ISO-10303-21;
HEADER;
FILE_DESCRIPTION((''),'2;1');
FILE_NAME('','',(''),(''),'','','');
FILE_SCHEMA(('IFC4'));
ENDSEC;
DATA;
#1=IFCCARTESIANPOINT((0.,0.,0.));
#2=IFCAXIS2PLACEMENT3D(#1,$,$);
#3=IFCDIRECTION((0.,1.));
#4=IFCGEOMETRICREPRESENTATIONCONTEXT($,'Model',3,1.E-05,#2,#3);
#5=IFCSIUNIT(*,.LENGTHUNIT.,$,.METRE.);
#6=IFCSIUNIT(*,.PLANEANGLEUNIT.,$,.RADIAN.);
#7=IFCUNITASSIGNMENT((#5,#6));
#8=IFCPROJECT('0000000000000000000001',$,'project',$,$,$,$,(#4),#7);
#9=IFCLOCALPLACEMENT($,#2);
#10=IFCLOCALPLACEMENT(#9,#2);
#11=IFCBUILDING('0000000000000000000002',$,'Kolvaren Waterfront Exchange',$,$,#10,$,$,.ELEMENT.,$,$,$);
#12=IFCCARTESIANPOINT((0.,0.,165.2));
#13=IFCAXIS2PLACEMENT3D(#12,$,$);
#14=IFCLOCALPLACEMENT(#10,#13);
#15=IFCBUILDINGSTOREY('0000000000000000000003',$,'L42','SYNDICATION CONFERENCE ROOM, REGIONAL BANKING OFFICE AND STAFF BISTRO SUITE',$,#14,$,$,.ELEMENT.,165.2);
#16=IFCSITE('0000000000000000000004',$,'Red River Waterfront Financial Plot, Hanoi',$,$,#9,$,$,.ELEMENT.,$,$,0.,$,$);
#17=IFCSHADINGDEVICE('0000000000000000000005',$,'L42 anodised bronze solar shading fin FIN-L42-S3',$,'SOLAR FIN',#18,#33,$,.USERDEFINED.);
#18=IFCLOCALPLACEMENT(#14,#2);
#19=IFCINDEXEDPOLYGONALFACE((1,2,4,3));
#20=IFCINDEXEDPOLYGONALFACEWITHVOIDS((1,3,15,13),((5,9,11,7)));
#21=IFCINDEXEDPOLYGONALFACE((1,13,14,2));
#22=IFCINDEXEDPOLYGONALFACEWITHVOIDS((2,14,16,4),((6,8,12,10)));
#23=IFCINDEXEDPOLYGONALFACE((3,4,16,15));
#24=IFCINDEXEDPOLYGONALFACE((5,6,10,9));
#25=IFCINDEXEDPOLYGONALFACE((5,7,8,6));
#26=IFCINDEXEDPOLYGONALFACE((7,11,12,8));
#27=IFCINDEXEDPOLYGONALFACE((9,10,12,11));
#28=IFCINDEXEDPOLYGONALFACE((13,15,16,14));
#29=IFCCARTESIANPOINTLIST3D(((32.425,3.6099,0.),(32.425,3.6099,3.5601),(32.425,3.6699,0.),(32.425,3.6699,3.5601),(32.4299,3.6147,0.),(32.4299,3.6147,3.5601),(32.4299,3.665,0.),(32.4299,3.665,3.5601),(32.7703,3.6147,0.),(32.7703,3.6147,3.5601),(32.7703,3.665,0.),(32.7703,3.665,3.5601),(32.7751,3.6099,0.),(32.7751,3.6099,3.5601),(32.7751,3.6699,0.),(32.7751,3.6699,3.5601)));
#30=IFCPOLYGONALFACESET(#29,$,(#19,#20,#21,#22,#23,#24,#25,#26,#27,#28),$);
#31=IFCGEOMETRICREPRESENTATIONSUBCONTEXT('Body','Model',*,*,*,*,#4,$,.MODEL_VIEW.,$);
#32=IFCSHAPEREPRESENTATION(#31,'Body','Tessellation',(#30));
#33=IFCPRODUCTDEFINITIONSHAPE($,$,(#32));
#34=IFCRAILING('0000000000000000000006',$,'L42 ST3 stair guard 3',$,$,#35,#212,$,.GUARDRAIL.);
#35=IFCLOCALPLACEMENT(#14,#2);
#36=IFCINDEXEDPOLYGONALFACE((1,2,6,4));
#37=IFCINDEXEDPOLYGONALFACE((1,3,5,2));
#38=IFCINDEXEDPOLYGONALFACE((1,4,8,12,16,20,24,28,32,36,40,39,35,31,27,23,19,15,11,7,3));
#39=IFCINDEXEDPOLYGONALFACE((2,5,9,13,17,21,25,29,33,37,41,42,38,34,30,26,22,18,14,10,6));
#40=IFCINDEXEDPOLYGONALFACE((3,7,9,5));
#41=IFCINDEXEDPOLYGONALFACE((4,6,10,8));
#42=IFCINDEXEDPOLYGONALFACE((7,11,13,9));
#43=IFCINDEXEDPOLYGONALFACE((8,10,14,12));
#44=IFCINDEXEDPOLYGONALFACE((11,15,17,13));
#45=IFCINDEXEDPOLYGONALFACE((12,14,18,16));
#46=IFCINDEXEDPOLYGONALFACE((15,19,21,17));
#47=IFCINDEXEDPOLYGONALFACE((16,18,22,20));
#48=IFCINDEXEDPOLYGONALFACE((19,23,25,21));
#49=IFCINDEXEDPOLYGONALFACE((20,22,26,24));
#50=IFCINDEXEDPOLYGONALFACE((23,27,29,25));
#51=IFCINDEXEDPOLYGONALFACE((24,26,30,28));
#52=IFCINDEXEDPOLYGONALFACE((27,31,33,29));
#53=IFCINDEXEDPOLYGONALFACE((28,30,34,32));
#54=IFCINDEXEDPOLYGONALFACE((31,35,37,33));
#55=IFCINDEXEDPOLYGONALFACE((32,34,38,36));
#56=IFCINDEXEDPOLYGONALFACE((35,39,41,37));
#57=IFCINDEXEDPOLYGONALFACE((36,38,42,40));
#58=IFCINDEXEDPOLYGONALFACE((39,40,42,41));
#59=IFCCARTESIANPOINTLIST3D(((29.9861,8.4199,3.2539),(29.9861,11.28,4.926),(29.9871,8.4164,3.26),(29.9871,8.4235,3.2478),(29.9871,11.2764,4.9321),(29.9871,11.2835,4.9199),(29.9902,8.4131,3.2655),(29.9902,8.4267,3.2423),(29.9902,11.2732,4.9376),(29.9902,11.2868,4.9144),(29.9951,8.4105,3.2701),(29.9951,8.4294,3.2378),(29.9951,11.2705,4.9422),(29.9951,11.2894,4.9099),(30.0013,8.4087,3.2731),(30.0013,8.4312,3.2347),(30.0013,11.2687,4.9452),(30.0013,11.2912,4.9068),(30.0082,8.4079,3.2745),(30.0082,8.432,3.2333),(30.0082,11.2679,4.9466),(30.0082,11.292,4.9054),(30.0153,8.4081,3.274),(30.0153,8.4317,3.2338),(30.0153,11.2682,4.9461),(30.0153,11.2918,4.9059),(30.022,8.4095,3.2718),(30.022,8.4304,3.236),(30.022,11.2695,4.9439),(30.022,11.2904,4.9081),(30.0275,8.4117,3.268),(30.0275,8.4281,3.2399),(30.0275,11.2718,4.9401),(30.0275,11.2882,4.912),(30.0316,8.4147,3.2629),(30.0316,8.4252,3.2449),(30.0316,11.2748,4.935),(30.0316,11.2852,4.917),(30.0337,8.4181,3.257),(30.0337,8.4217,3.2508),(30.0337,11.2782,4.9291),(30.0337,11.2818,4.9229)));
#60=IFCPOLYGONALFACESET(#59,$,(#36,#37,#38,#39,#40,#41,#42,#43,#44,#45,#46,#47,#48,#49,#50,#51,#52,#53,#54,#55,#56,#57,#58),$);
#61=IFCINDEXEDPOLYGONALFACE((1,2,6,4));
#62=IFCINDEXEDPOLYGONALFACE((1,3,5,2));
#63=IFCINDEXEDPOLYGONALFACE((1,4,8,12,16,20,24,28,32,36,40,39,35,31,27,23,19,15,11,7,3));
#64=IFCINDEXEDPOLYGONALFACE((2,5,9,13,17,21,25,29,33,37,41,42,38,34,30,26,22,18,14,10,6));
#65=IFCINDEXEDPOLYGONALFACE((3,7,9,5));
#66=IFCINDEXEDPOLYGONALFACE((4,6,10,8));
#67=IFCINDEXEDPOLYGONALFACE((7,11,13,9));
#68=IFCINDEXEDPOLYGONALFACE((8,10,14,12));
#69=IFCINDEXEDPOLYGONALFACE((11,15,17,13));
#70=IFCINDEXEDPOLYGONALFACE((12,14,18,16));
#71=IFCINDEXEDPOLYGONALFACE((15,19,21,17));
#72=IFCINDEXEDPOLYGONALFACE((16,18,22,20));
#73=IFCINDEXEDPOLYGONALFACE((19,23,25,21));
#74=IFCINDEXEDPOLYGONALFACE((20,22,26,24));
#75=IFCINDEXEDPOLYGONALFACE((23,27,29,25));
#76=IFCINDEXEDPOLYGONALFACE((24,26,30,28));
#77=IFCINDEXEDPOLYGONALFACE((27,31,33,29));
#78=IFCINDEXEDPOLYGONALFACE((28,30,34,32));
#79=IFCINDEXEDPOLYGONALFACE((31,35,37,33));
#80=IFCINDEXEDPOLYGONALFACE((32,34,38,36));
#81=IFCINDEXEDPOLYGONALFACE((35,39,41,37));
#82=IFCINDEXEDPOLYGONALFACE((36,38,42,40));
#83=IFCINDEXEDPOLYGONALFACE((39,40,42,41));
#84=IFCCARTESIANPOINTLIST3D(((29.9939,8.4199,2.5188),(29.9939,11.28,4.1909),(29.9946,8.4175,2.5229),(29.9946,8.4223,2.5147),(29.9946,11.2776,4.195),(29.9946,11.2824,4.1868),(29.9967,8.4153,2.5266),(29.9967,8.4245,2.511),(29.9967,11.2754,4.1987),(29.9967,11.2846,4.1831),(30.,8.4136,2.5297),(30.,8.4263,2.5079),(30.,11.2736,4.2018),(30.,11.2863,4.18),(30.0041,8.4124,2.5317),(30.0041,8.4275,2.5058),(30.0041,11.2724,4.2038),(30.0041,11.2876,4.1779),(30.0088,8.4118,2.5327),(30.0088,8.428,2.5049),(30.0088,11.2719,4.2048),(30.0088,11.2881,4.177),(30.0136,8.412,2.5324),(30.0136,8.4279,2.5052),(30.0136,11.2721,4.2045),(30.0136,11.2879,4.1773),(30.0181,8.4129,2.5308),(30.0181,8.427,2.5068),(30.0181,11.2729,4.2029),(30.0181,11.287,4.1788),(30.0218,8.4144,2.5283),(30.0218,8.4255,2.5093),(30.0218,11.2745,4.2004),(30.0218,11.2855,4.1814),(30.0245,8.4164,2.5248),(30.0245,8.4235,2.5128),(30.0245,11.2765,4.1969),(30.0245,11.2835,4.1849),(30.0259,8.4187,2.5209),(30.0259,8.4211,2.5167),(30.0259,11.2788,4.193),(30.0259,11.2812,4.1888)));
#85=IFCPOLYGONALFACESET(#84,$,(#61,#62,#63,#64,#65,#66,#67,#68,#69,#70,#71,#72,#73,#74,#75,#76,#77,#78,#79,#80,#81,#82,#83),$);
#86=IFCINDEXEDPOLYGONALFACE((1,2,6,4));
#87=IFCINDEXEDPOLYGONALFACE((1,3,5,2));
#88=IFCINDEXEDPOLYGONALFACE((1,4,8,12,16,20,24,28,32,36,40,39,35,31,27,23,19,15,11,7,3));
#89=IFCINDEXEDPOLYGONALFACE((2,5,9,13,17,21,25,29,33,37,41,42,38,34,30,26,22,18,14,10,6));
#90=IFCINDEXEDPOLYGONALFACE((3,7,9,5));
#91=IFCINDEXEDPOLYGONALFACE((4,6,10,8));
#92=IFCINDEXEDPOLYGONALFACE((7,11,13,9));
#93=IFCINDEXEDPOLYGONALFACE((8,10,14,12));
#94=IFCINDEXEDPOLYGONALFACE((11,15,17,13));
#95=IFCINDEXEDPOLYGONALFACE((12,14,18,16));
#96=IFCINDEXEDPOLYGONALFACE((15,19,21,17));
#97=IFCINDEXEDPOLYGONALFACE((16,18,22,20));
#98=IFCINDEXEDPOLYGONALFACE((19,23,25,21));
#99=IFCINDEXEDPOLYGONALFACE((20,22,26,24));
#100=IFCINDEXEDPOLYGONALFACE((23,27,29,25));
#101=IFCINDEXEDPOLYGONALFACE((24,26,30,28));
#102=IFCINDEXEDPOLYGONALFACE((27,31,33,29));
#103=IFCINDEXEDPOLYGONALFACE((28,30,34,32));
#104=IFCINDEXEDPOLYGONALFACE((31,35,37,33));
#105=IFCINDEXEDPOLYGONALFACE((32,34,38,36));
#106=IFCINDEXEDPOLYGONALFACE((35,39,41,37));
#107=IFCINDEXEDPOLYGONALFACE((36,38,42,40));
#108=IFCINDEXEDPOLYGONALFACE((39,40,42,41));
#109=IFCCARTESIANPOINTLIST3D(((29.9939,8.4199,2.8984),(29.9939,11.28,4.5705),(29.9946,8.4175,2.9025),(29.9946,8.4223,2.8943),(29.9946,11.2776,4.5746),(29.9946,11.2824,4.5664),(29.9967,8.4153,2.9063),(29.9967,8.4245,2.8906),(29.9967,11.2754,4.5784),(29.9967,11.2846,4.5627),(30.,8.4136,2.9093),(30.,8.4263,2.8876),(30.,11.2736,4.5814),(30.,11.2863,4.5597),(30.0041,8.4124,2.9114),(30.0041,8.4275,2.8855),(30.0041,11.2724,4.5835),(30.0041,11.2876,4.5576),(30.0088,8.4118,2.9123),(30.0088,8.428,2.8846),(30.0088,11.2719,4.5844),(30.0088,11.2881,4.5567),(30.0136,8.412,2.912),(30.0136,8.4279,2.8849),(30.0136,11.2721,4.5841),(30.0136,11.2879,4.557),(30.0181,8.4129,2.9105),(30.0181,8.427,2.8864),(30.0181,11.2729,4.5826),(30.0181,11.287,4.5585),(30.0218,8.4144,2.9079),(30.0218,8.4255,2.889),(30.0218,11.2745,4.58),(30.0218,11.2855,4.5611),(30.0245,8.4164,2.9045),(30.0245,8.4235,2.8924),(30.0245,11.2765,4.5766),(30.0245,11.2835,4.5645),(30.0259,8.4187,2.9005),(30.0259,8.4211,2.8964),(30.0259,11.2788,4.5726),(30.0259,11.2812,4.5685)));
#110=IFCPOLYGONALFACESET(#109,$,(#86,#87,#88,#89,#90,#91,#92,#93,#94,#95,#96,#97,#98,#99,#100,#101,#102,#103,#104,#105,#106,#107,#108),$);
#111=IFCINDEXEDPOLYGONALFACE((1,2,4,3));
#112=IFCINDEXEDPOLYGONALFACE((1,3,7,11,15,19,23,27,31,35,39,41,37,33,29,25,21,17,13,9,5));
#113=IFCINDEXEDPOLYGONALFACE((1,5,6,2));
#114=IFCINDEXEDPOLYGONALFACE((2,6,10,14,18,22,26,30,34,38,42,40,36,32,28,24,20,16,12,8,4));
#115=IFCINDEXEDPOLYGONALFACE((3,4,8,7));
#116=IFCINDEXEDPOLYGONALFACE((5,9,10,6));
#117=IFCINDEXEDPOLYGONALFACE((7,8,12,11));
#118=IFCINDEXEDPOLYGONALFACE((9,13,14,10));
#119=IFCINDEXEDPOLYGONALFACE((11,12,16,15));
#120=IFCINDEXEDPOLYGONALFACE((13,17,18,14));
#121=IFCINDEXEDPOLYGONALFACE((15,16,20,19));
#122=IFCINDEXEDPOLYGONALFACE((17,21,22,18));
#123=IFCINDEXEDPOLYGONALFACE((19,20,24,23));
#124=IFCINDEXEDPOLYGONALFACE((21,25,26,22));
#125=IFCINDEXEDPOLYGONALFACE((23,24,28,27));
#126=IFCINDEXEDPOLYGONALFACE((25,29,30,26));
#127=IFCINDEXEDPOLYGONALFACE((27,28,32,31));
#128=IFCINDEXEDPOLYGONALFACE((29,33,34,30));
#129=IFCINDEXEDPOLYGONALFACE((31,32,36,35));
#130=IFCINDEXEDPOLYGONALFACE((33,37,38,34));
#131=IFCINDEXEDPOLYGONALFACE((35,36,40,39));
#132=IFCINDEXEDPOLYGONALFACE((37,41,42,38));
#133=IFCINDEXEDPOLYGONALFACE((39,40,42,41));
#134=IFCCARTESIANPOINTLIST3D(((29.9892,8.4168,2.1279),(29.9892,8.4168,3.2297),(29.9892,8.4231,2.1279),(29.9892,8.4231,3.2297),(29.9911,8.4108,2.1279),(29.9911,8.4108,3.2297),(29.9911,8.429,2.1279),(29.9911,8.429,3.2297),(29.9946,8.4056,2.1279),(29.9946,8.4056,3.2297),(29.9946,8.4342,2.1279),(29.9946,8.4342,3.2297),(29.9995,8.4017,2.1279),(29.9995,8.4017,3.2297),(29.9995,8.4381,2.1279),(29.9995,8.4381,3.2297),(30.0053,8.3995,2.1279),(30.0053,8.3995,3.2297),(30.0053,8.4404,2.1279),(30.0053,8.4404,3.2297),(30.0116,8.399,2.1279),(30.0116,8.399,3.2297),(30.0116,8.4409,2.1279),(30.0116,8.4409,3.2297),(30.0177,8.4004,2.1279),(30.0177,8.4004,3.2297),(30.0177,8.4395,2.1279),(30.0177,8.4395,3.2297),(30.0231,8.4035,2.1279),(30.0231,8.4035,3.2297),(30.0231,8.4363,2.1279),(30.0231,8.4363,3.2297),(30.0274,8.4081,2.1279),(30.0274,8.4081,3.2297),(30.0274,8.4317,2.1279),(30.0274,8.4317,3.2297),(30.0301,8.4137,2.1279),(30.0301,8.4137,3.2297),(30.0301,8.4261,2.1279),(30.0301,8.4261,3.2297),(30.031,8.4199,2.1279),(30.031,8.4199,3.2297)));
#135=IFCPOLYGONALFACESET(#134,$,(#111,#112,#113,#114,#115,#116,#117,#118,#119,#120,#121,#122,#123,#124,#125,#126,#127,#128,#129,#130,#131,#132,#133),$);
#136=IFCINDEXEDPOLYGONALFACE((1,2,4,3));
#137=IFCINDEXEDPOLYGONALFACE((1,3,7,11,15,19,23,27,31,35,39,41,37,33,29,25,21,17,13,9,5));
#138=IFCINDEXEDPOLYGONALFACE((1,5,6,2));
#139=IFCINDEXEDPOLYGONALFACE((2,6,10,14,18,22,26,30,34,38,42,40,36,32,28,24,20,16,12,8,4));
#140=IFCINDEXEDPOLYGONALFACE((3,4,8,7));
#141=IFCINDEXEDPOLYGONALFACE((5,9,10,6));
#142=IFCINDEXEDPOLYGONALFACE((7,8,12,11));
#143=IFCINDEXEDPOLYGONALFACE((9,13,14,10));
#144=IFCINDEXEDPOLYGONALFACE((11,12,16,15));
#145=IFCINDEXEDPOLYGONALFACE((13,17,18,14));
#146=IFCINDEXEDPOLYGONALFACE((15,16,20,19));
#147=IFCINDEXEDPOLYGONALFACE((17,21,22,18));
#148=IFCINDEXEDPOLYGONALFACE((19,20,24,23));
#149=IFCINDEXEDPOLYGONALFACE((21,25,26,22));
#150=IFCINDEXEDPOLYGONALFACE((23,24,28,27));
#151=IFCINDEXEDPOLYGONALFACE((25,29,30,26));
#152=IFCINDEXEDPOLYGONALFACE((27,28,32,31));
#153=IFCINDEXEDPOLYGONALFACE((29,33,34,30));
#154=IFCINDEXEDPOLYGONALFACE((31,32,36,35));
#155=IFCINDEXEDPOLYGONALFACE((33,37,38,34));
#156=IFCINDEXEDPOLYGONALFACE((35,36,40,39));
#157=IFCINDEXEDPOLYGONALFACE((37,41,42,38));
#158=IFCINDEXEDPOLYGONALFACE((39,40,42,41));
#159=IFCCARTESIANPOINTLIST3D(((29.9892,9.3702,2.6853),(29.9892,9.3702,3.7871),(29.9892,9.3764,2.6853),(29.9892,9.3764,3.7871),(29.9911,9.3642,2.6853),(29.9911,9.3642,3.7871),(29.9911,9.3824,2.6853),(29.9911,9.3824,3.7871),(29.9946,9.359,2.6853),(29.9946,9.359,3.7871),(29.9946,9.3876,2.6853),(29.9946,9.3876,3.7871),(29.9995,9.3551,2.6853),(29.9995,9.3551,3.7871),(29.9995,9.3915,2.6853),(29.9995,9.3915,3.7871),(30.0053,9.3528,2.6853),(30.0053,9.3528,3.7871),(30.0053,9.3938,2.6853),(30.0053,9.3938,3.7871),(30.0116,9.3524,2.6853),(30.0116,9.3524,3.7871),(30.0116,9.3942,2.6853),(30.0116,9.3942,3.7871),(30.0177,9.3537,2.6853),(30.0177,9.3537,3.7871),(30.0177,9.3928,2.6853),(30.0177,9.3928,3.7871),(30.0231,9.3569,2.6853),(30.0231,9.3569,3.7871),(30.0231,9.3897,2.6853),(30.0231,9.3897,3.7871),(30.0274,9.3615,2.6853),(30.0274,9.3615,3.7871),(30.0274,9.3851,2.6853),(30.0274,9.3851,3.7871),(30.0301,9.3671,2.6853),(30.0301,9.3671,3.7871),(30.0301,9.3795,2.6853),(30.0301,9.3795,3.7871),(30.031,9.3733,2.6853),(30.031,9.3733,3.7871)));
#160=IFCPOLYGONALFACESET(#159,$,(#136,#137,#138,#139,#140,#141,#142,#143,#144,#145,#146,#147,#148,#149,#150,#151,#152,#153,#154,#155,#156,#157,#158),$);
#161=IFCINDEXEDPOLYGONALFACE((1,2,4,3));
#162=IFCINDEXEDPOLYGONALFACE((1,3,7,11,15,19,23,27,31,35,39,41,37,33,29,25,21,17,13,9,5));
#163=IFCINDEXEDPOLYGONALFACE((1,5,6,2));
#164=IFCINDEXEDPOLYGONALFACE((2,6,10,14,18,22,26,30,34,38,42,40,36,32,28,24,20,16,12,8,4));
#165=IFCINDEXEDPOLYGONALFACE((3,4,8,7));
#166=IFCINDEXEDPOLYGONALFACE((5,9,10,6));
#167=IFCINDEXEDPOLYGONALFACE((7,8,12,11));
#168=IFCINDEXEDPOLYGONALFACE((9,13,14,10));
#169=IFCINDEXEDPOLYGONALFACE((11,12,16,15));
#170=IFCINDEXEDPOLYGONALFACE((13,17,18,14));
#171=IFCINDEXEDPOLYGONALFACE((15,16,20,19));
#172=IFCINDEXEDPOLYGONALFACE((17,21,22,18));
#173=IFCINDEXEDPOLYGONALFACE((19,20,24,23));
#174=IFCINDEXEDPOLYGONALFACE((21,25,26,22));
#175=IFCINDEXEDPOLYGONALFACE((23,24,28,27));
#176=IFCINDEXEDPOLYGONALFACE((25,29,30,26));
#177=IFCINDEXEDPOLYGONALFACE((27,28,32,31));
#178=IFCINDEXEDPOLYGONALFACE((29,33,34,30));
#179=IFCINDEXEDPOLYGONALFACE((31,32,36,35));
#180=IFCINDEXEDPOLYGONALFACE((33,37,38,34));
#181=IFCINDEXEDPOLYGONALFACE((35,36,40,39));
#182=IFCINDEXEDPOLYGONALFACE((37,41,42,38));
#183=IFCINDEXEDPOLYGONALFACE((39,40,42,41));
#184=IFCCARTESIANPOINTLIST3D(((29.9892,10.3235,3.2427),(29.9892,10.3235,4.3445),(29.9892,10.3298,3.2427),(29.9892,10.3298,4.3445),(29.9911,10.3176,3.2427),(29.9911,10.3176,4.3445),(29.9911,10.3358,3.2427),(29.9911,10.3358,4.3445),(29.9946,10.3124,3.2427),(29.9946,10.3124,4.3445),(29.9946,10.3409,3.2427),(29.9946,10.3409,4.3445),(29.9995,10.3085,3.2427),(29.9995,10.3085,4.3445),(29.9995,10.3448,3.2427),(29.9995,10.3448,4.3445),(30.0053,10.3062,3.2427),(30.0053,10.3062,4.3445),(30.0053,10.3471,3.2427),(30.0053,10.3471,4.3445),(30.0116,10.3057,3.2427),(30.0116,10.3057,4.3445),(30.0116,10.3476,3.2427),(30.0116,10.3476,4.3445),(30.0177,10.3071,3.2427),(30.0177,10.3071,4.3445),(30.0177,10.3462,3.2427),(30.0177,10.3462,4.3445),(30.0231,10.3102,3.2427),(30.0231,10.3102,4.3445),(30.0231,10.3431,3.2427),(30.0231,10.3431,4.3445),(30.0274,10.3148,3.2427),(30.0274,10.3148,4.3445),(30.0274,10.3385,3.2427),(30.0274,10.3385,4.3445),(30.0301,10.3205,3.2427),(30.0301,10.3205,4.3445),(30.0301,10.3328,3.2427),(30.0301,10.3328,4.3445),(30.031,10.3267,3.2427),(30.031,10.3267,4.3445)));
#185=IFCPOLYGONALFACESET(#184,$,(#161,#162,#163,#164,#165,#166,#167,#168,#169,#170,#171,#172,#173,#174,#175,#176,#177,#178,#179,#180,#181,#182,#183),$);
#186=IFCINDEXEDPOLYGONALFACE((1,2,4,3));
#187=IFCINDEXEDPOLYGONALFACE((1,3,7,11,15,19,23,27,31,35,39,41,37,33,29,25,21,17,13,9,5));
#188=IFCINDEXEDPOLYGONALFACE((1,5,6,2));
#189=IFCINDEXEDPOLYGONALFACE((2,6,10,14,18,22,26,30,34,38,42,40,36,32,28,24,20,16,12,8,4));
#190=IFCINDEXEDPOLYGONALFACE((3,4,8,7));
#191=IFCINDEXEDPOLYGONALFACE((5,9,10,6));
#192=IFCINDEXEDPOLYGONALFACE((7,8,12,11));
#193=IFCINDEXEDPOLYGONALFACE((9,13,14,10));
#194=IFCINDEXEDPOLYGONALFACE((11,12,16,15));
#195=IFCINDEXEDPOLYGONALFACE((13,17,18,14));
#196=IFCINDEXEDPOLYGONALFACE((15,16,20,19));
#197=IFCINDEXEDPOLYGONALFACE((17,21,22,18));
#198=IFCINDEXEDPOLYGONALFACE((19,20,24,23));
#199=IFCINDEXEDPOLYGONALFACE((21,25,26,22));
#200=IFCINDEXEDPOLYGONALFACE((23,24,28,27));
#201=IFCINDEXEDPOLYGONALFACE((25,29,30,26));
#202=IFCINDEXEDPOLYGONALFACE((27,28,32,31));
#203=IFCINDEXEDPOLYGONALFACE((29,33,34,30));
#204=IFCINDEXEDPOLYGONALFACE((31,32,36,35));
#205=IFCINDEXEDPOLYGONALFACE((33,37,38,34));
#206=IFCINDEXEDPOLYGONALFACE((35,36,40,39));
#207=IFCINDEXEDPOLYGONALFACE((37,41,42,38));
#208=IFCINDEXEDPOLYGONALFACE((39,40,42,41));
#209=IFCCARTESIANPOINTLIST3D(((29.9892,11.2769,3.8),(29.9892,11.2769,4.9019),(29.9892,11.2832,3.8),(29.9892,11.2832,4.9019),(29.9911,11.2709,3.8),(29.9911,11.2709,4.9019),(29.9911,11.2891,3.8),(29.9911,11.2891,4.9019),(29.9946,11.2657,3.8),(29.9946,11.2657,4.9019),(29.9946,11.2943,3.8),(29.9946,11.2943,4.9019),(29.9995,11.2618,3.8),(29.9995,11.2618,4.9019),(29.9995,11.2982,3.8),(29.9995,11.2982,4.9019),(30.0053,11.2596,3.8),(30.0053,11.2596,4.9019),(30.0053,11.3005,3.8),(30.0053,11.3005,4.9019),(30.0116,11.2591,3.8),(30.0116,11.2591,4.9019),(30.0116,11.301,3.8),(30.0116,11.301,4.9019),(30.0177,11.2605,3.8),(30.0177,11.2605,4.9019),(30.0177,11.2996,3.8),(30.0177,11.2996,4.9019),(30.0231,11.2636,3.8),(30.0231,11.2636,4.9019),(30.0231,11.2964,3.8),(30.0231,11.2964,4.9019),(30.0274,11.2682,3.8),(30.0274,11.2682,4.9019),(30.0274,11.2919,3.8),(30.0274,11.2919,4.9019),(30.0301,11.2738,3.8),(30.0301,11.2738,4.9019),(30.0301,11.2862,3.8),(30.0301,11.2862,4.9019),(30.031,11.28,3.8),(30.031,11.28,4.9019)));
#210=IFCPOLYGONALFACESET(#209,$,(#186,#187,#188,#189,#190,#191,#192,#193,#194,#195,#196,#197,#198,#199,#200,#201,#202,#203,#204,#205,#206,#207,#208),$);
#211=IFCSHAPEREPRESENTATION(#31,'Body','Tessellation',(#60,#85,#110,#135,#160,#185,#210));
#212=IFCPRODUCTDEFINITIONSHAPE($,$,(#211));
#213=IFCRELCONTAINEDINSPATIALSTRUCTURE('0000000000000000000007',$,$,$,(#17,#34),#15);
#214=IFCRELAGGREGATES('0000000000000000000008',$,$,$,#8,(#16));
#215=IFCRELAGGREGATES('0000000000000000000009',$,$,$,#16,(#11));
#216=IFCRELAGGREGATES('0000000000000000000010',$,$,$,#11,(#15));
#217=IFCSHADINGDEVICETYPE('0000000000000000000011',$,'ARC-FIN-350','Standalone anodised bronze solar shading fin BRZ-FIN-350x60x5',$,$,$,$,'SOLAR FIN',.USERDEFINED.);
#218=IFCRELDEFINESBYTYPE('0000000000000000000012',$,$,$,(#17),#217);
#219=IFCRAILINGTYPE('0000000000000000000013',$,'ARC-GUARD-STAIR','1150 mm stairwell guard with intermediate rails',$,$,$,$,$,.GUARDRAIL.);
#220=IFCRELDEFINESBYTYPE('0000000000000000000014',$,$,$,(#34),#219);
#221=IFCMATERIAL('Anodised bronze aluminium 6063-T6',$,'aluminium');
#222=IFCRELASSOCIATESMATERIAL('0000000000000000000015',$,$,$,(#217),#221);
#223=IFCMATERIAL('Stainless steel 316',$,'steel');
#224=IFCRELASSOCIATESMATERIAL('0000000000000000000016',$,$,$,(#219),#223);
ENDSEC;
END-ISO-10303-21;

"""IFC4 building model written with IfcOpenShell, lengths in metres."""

from ifc_helpers import new_model, si_unit, direction, frame, origin, origin_2d, place, context, subcontext, project, spatial, hollow_rectangle, circle, extrude, material, material_profile, profile_set, type_object, element, save


model = new_model("IFC4")

# Units and contexts
model_context = context("Model", 3, precision=1e-05, world=origin(), true_north=direction((0.0, 1.0)))
body_context = subcontext(model_context, "Body", "Model", "MODEL_VIEW")
ifc_project = project(units=[si_unit("LENGTHUNIT", "METRE"), si_unit("PLANEANGLEUNIT", "RADIAN")], contexts=[model_context])

# Site, building, storey
site_placement = place(None, origin())
site = spatial("IfcSite", under=ifc_project, at=site_placement, Name="Red River Waterfront Financial Plot, Hanoi", CompositionType="ELEMENT", RefElevation=0.0)
building_placement = place(site_placement, origin())
building = spatial("IfcBuilding", under=site, at=building_placement, Name="Kolvaren Waterfront Exchange", CompositionType="ELEMENT")
storey_placement = place(building_placement, frame((0.0, 0.0, 165.2)))
storey = spatial("IfcBuildingStorey", under=building, at=storey_placement, Name="L42", Description="SYNDICATION CONFERENCE ROOM, REGIONAL BANKING OFFICE AND STAFF BISTRO SUITE", CompositionType="ELEMENT", Elevation=165.2)

# Shared definitions
ifc_material_1 = material(Name="Anodised bronze aluminium 6063-T6", Category="aluminium")

# Shading device
ifc_material_profile_1 = material_profile(ifc_material_1, hollow_rectangle(XDim=0.0601, YDim=0.3501, WallThickness=0.0049, at=origin_2d()), Name="BRZ-FIN-350x60x5")
ifc_profile_set_1 = profile_set([ifc_material_profile_1], Name="Anodised bronze aluminium 6063-T6")
shading_device_type = type_object("IfcShadingDeviceType", Name="ARC-FIN-350", Description="Standalone anodised bronze solar shading fin BRZ-FIN-350x60x5", ElementType="SOLAR FIN", PredefinedType="USERDEFINED", material=ifc_profile_set_1)
for number, where, z_axis, x_axis, name in (
    (1, (32.6001, 3.6399, 0.0), (0.0, 0.0, 1.0), (0.0, -1.0, 0.0), "L42 anodised bronze solar shading fin FIN-L42-S3"),
):
    element("IfcShadingDevice", number, at=place(storey_placement, frame(where, z_axis=z_axis, x_axis=x_axis)), inside=storey, type_object=shading_device_type, Name=name, ObjectType="SOLAR FIN", PredefinedType="USERDEFINED", context=body_context, shape_type="SweptSolid", body=[
        extrude(hollow_rectangle(XDim=0.0601, YDim=0.3501, WallThickness=0.0049, at=origin_2d()), origin(), (0.0, 0.0, 1.0), 3.5601),
    ])

# Railing
ifc_material_2 = material(Name="Stainless steel 316", Category="steel")
railing_type_1 = type_object("IfcRailingType", Name="ARC-GUARD-STAIR", Description="1150 mm stairwell guard with intermediate rails", PredefinedType="GUARDRAIL", material=ifc_material_2)
railing_1_placement = place(storey_placement, frame((30.01, 8.4199, 2.1279)))
element("IfcRailing", 2, at=railing_1_placement, inside=storey, type_object=railing_type_1, Name="L42 ST3 stair guard 3", PredefinedType="GUARDRAIL", context=body_context, shape_type="SweptSolid", body=[
    extrude(circle(Radius=0.0239, at=origin_2d()), frame((0.0, 0.0, 1.126), z_axis=(0.0, 0.863289, 0.504709), x_axis=(-1.0, 0.0, 0.0)), (0.0, 0.0, 1.0), 3.313),
    extrude(circle(Radius=0.0161, at=origin_2d()), frame((0.0, 0.0, 0.3909), z_axis=(0.0, 0.863289, 0.504709), x_axis=(-1.0, 0.0, 0.0)), (0.0, 0.0, 1.0), 3.313),
    extrude(circle(Radius=0.0161, at=origin_2d()), frame((0.0, 0.0, 0.7705), z_axis=(0.0, 0.863289, 0.504709), x_axis=(-1.0, 0.0, 0.0)), (0.0, 0.0, 1.0), 3.313),
    extrude(circle(Radius=0.021, at=origin_2d()), origin(), (0.0, 0.0, 1.0), 1.1018),
    extrude(circle(Radius=0.021, at=origin_2d()), frame((0.0, 0.9534, 0.5574)), (0.0, 0.0, 1.0), 1.1018),
    extrude(circle(Radius=0.021, at=origin_2d()), frame((0.0, 1.9067, 1.1147)), (0.0, 0.0, 1.0), 1.1018),
    extrude(circle(Radius=0.021, at=origin_2d()), frame((0.0, 2.8601, 1.6721)), (0.0, 0.0, 1.0), 1.1018),
])

save(model, "model.ifc")
